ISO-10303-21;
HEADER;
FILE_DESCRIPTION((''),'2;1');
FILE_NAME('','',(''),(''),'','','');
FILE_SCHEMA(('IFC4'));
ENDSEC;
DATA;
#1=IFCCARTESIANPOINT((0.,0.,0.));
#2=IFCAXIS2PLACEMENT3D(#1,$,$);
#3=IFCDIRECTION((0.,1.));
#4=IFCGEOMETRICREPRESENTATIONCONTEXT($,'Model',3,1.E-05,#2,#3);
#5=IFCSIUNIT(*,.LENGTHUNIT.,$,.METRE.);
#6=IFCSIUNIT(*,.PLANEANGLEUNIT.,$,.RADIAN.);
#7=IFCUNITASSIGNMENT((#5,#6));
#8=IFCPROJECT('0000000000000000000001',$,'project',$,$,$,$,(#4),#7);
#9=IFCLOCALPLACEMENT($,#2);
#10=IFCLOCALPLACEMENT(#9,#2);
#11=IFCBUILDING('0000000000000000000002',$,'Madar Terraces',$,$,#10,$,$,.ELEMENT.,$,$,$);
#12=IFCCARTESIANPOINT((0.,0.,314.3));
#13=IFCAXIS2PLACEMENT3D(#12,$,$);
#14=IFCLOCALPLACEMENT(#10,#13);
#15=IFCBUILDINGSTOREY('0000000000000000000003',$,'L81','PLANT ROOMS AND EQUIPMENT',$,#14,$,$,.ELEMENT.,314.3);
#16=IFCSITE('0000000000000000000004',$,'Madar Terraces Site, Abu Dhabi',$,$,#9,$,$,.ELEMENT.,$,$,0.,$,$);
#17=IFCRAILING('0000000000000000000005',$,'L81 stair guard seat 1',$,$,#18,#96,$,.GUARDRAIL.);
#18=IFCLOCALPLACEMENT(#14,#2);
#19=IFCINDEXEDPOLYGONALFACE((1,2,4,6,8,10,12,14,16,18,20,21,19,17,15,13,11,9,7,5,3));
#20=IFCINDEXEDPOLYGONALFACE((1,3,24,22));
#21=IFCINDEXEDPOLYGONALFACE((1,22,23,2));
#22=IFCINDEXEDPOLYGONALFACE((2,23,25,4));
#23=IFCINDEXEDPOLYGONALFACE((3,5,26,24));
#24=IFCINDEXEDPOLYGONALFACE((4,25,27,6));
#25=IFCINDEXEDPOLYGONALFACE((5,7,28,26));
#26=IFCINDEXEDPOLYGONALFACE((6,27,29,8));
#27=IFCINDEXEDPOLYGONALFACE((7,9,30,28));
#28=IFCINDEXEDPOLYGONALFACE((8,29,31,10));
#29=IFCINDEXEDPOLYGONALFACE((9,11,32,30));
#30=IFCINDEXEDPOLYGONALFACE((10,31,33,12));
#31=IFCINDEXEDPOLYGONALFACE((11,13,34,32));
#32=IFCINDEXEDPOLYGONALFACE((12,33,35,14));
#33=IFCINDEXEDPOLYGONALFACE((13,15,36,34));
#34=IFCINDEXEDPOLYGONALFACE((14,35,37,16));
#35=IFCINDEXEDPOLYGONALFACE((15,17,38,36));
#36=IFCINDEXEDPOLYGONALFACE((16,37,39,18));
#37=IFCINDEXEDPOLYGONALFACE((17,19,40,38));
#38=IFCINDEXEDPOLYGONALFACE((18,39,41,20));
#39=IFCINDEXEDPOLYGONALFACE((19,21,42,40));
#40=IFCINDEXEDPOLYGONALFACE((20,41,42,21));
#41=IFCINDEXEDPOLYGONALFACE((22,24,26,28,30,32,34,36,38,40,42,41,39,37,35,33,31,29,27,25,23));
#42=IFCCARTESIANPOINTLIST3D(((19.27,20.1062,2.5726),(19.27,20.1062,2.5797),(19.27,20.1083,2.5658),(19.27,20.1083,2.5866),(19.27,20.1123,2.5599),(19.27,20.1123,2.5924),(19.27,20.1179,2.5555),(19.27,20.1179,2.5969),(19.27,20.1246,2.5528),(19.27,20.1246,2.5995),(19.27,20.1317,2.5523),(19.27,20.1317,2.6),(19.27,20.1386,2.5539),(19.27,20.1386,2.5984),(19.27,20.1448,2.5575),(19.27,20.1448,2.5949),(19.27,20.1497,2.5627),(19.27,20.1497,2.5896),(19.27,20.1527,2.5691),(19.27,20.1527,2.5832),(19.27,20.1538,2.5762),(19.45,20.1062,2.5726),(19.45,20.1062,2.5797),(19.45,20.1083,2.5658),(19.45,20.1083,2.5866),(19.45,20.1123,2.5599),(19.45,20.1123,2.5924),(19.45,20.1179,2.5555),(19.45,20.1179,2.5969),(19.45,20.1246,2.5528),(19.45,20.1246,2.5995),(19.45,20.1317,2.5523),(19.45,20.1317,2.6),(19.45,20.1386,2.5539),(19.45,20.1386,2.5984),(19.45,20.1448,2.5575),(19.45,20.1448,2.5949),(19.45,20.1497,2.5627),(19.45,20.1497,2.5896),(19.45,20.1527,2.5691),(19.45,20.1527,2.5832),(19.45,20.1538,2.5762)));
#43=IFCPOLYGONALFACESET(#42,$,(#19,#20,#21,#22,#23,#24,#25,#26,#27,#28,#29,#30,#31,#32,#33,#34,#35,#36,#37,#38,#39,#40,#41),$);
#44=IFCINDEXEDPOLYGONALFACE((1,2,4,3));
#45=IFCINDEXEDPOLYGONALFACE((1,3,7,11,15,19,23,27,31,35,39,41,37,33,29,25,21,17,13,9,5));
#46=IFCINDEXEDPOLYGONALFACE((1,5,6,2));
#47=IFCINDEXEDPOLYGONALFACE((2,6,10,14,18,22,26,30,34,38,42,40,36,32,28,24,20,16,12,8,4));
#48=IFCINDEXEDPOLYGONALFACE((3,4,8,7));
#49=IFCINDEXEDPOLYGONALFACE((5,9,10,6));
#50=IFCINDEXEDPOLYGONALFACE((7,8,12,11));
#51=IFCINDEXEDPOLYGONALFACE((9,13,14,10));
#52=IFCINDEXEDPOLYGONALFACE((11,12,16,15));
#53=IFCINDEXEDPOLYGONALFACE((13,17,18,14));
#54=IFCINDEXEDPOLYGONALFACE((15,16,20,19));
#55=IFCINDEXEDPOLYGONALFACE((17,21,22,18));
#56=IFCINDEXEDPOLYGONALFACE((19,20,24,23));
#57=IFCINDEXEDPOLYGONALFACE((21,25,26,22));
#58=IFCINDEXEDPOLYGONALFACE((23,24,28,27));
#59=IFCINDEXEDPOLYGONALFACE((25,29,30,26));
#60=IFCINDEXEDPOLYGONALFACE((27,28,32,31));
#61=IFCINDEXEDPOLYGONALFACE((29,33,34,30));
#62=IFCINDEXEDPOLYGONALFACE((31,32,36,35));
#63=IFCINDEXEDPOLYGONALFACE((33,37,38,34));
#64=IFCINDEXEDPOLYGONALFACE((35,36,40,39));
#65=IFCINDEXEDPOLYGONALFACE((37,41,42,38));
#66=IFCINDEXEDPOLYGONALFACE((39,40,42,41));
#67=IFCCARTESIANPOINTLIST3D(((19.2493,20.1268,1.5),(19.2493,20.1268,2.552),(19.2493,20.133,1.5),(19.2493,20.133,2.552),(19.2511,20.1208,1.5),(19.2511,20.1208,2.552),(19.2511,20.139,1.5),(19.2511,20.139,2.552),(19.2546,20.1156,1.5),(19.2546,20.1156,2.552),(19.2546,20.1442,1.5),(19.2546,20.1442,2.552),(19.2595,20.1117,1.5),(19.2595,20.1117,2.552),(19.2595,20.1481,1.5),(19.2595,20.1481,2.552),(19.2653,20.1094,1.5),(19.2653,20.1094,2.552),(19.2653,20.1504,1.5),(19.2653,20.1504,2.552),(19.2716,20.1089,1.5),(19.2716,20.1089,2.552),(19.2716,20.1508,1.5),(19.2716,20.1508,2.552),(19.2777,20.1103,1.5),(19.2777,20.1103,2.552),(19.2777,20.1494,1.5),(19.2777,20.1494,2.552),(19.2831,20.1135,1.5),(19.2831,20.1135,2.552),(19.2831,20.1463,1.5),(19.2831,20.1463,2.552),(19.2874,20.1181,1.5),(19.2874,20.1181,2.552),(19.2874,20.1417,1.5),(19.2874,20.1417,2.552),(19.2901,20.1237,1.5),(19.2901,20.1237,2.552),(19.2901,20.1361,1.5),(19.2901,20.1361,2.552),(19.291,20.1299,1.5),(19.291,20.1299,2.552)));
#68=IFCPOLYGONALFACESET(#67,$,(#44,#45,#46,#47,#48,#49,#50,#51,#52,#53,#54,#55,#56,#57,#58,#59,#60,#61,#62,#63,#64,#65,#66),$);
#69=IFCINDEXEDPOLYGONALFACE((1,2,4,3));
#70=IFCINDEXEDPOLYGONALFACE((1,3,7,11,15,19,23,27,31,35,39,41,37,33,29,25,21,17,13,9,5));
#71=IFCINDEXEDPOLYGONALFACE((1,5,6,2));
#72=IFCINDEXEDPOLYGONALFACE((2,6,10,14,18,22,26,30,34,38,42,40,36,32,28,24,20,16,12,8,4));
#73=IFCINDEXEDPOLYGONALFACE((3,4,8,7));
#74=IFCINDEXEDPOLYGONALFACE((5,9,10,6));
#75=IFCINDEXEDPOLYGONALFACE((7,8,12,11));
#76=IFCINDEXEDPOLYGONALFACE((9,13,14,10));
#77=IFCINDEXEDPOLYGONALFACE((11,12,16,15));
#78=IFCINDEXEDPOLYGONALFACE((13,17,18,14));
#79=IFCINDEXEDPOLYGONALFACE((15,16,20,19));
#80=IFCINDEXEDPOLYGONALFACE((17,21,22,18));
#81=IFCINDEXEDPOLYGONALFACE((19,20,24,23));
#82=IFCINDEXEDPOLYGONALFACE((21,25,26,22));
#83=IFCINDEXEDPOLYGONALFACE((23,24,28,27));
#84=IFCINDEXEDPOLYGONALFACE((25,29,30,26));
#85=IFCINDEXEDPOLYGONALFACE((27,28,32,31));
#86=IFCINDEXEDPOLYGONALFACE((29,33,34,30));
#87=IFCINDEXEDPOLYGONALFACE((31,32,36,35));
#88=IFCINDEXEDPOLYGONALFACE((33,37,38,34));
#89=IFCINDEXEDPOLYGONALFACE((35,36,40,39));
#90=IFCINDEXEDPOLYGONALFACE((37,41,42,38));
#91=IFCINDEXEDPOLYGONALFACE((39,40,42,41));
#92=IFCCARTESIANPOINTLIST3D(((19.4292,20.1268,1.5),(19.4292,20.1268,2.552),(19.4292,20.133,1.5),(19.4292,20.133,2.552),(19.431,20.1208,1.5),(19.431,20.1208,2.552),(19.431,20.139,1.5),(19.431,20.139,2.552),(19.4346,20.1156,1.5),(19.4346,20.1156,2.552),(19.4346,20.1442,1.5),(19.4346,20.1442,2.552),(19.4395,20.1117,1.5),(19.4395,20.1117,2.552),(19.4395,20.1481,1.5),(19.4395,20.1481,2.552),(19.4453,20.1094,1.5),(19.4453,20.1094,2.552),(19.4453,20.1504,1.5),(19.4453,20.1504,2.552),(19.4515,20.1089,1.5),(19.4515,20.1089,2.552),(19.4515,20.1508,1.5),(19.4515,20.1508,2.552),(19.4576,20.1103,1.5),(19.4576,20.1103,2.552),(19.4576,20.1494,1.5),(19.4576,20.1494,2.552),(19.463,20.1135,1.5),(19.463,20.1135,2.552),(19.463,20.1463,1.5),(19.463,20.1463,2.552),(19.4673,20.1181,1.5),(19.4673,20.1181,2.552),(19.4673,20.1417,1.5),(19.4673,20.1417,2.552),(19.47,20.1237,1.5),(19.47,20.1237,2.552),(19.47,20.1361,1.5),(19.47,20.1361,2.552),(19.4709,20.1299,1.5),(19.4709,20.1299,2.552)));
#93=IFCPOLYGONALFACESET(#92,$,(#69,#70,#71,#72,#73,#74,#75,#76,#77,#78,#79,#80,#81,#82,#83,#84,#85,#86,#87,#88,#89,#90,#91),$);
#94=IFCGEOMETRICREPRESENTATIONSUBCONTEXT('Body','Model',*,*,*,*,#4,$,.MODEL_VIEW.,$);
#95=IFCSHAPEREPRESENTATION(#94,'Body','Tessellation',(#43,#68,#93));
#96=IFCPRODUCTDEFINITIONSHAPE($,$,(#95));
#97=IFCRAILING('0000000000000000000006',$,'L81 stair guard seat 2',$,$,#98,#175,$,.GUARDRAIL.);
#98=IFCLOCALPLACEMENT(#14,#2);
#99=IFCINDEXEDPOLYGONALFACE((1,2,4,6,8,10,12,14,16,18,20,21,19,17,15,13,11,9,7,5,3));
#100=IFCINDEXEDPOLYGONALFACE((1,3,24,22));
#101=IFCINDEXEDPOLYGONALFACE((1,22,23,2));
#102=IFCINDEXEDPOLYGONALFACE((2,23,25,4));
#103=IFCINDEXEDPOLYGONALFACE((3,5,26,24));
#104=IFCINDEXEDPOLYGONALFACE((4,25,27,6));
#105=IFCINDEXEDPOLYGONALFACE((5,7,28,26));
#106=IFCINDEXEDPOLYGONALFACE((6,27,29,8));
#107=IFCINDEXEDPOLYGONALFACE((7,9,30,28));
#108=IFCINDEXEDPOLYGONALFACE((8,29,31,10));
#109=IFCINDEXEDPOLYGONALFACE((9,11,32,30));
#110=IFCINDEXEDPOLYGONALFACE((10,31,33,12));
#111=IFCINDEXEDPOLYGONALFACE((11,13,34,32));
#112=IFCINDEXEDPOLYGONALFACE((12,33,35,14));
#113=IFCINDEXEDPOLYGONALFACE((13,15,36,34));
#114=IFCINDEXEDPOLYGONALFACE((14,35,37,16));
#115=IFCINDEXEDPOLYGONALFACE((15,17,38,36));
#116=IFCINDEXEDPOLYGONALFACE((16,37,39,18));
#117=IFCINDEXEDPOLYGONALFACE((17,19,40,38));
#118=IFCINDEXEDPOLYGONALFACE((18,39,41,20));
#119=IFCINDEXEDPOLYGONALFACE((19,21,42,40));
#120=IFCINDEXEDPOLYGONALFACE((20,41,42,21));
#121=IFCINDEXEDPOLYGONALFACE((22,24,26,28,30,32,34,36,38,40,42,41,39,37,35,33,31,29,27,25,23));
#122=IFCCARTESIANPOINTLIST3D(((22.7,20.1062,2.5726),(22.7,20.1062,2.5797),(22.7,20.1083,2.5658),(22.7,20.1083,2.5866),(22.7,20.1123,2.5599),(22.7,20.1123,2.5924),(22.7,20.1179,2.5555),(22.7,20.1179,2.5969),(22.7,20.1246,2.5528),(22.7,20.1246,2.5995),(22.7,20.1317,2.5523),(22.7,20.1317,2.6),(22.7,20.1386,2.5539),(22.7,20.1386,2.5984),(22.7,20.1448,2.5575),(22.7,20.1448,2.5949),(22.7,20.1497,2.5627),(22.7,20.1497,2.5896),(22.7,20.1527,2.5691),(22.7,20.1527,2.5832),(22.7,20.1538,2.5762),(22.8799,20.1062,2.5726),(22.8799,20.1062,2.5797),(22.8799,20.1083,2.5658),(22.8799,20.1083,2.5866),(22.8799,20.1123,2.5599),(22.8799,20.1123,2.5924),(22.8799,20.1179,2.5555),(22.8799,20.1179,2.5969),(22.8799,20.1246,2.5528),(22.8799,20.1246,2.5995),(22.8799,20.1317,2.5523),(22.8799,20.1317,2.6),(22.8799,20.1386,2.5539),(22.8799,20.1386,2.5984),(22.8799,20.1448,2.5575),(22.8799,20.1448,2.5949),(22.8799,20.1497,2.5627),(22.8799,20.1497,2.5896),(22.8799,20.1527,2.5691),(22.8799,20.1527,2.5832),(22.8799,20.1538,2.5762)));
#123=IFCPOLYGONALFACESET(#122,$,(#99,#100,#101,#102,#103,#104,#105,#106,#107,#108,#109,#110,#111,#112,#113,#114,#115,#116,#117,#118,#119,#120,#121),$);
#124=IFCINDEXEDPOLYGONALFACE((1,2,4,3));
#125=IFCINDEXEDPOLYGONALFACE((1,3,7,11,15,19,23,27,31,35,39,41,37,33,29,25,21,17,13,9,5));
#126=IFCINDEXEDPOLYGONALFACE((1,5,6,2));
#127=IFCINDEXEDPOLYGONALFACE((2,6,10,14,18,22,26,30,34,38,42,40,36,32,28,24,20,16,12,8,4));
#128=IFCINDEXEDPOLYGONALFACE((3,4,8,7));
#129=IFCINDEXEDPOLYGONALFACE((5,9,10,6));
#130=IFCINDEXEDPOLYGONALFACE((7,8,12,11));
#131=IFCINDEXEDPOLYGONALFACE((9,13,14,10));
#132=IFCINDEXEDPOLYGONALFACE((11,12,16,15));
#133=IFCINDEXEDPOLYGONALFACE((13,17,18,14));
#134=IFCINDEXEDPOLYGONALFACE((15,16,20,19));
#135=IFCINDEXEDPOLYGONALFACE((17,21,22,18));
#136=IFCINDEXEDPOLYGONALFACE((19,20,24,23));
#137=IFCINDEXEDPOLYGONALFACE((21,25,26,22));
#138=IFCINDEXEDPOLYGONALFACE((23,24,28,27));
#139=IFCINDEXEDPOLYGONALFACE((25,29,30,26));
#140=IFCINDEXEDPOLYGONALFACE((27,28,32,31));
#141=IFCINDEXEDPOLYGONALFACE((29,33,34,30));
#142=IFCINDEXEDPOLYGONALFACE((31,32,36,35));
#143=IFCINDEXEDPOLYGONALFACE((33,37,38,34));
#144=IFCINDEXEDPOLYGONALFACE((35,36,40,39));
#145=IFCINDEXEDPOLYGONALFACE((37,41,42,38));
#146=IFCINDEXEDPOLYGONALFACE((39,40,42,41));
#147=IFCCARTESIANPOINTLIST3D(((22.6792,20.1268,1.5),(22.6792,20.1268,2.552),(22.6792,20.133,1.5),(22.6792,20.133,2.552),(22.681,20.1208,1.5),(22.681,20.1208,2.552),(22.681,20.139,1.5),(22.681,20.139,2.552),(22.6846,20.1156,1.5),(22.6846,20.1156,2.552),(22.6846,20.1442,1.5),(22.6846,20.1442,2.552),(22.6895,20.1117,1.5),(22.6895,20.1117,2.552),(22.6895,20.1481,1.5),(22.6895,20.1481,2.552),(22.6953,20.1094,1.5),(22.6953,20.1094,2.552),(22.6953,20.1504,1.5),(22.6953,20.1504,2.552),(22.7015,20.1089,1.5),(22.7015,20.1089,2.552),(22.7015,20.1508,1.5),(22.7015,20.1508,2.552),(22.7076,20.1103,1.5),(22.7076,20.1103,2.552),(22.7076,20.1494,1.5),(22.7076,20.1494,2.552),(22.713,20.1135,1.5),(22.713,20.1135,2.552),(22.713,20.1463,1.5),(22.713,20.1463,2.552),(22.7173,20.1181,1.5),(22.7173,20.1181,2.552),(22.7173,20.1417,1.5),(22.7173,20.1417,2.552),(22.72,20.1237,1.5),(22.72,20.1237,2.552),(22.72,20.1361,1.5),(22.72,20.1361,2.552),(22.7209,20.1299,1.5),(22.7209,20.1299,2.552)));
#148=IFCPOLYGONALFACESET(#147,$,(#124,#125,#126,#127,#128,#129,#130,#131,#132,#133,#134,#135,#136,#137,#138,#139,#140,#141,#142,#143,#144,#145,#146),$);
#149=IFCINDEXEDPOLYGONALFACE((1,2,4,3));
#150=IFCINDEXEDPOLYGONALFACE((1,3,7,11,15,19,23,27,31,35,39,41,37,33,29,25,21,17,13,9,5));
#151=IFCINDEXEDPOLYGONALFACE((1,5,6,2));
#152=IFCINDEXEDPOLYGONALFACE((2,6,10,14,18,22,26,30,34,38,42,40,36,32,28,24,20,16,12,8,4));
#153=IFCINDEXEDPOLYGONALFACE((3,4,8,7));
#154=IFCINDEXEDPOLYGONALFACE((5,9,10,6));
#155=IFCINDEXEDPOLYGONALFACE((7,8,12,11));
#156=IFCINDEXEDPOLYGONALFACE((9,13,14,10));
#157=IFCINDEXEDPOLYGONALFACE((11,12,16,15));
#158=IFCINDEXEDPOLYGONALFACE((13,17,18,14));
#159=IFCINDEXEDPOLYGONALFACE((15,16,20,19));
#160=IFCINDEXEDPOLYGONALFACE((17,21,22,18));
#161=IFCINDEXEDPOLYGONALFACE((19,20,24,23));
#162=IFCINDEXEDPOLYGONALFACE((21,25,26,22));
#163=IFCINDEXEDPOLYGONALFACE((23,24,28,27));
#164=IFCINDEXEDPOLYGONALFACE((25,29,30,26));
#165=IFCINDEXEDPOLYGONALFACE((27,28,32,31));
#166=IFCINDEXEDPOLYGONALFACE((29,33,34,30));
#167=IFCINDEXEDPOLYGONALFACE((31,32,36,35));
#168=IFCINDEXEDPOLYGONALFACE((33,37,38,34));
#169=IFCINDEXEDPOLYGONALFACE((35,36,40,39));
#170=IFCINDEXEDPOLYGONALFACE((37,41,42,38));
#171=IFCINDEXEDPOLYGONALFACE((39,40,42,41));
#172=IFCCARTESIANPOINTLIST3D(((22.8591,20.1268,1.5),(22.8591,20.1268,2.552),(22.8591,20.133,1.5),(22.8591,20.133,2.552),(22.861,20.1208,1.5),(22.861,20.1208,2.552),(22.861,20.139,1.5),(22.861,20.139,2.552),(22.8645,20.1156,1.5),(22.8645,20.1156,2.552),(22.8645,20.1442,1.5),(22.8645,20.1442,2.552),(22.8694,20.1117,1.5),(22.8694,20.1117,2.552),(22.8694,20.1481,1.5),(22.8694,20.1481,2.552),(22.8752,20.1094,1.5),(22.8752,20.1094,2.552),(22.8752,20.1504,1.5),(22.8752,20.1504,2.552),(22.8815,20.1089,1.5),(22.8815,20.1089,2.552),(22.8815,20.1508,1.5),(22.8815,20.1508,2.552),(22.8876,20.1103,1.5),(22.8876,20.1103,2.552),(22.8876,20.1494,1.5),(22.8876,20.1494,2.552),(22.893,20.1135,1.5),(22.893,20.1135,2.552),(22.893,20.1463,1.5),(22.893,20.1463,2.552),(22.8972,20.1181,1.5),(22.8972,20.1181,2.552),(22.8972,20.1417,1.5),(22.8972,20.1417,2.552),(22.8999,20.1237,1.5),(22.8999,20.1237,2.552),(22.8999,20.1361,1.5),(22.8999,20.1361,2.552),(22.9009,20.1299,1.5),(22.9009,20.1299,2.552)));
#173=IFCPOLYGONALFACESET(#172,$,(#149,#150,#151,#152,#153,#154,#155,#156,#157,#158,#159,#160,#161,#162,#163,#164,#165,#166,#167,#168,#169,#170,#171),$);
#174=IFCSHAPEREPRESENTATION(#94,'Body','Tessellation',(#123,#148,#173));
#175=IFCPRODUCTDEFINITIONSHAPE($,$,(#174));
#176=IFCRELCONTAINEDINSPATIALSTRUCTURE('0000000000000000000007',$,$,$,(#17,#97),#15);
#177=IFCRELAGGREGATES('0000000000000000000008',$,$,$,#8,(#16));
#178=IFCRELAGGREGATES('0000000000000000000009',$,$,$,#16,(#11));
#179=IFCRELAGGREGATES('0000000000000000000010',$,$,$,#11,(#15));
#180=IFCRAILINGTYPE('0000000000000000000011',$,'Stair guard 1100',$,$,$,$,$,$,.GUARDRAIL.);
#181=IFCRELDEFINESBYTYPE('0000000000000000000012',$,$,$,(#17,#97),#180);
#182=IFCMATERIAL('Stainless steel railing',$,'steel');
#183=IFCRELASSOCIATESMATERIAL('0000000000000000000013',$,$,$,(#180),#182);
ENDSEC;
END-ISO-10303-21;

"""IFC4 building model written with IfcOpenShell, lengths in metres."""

from ifc_helpers import new_model, si_unit, direction, frame, origin, origin_2d, place, context, subcontext, project, spatial, circle, extrude, material, type_object, element, save


model = new_model("IFC4")

# Units and contexts
model_context = context("Model", 3, precision=1e-05, world=origin(), true_north=direction((0.0, 1.0)))
body_context = subcontext(model_context, "Body", "Model", "MODEL_VIEW")
ifc_project = project(units=[si_unit("LENGTHUNIT", "METRE"), si_unit("PLANEANGLEUNIT", "RADIAN")], contexts=[model_context])

# Site, building, storey
site_placement = place(None, origin())
site = spatial("IfcSite", under=ifc_project, at=site_placement, Name="Madar Terraces Site, Abu Dhabi", CompositionType="ELEMENT", RefElevation=0.0)
building_placement = place(site_placement, origin())
building = spatial("IfcBuilding", under=site, at=building_placement, Name="Madar Terraces", CompositionType="ELEMENT")
storey_placement = place(building_placement, frame((0.0, 0.0, 314.3)))
storey = spatial("IfcBuildingStorey", under=building, at=storey_placement, Name="L81", Description="PLANT ROOMS AND EQUIPMENT", CompositionType="ELEMENT", Elevation=314.3)

# Railings
ifc_material_1 = material(Name="Stainless steel railing", Category="steel")
railing_type = type_object("IfcRailingType", Name="Stair guard 1100", PredefinedType="GUARDRAIL", material=ifc_material_1)
for number, where, name in (
    (1, (19.27, 20.1299, 1.5), "L81 stair guard seat 1"),
    (2, (22.7, 20.1299, 1.5), "L81 stair guard seat 2"),
):
    element("IfcRailing", number, at=place(storey_placement, frame(where)), inside=storey, type_object=railing_type, Name=name, PredefinedType="GUARDRAIL", context=body_context, shape_type="SweptSolid", body=[
        extrude(circle(Radius=0.0239, at=origin_2d()), frame((0.0, 0.0, 1.0762), z_axis=(1.0, 0.0, 0.0), x_axis=(0.0, 1.0, 0.0)), (0.0, 0.0, 1.0), 0.1799),
        extrude(circle(Radius=0.021, at=origin_2d()), origin(), (0.0, 0.0, 1.0), 1.052),
        extrude(circle(Radius=0.021, at=origin_2d()), frame((0.1799, 0.0, 0.0)), (0.0, 0.0, 1.0), 1.052),
    ])

save(model, "model.ifc")
